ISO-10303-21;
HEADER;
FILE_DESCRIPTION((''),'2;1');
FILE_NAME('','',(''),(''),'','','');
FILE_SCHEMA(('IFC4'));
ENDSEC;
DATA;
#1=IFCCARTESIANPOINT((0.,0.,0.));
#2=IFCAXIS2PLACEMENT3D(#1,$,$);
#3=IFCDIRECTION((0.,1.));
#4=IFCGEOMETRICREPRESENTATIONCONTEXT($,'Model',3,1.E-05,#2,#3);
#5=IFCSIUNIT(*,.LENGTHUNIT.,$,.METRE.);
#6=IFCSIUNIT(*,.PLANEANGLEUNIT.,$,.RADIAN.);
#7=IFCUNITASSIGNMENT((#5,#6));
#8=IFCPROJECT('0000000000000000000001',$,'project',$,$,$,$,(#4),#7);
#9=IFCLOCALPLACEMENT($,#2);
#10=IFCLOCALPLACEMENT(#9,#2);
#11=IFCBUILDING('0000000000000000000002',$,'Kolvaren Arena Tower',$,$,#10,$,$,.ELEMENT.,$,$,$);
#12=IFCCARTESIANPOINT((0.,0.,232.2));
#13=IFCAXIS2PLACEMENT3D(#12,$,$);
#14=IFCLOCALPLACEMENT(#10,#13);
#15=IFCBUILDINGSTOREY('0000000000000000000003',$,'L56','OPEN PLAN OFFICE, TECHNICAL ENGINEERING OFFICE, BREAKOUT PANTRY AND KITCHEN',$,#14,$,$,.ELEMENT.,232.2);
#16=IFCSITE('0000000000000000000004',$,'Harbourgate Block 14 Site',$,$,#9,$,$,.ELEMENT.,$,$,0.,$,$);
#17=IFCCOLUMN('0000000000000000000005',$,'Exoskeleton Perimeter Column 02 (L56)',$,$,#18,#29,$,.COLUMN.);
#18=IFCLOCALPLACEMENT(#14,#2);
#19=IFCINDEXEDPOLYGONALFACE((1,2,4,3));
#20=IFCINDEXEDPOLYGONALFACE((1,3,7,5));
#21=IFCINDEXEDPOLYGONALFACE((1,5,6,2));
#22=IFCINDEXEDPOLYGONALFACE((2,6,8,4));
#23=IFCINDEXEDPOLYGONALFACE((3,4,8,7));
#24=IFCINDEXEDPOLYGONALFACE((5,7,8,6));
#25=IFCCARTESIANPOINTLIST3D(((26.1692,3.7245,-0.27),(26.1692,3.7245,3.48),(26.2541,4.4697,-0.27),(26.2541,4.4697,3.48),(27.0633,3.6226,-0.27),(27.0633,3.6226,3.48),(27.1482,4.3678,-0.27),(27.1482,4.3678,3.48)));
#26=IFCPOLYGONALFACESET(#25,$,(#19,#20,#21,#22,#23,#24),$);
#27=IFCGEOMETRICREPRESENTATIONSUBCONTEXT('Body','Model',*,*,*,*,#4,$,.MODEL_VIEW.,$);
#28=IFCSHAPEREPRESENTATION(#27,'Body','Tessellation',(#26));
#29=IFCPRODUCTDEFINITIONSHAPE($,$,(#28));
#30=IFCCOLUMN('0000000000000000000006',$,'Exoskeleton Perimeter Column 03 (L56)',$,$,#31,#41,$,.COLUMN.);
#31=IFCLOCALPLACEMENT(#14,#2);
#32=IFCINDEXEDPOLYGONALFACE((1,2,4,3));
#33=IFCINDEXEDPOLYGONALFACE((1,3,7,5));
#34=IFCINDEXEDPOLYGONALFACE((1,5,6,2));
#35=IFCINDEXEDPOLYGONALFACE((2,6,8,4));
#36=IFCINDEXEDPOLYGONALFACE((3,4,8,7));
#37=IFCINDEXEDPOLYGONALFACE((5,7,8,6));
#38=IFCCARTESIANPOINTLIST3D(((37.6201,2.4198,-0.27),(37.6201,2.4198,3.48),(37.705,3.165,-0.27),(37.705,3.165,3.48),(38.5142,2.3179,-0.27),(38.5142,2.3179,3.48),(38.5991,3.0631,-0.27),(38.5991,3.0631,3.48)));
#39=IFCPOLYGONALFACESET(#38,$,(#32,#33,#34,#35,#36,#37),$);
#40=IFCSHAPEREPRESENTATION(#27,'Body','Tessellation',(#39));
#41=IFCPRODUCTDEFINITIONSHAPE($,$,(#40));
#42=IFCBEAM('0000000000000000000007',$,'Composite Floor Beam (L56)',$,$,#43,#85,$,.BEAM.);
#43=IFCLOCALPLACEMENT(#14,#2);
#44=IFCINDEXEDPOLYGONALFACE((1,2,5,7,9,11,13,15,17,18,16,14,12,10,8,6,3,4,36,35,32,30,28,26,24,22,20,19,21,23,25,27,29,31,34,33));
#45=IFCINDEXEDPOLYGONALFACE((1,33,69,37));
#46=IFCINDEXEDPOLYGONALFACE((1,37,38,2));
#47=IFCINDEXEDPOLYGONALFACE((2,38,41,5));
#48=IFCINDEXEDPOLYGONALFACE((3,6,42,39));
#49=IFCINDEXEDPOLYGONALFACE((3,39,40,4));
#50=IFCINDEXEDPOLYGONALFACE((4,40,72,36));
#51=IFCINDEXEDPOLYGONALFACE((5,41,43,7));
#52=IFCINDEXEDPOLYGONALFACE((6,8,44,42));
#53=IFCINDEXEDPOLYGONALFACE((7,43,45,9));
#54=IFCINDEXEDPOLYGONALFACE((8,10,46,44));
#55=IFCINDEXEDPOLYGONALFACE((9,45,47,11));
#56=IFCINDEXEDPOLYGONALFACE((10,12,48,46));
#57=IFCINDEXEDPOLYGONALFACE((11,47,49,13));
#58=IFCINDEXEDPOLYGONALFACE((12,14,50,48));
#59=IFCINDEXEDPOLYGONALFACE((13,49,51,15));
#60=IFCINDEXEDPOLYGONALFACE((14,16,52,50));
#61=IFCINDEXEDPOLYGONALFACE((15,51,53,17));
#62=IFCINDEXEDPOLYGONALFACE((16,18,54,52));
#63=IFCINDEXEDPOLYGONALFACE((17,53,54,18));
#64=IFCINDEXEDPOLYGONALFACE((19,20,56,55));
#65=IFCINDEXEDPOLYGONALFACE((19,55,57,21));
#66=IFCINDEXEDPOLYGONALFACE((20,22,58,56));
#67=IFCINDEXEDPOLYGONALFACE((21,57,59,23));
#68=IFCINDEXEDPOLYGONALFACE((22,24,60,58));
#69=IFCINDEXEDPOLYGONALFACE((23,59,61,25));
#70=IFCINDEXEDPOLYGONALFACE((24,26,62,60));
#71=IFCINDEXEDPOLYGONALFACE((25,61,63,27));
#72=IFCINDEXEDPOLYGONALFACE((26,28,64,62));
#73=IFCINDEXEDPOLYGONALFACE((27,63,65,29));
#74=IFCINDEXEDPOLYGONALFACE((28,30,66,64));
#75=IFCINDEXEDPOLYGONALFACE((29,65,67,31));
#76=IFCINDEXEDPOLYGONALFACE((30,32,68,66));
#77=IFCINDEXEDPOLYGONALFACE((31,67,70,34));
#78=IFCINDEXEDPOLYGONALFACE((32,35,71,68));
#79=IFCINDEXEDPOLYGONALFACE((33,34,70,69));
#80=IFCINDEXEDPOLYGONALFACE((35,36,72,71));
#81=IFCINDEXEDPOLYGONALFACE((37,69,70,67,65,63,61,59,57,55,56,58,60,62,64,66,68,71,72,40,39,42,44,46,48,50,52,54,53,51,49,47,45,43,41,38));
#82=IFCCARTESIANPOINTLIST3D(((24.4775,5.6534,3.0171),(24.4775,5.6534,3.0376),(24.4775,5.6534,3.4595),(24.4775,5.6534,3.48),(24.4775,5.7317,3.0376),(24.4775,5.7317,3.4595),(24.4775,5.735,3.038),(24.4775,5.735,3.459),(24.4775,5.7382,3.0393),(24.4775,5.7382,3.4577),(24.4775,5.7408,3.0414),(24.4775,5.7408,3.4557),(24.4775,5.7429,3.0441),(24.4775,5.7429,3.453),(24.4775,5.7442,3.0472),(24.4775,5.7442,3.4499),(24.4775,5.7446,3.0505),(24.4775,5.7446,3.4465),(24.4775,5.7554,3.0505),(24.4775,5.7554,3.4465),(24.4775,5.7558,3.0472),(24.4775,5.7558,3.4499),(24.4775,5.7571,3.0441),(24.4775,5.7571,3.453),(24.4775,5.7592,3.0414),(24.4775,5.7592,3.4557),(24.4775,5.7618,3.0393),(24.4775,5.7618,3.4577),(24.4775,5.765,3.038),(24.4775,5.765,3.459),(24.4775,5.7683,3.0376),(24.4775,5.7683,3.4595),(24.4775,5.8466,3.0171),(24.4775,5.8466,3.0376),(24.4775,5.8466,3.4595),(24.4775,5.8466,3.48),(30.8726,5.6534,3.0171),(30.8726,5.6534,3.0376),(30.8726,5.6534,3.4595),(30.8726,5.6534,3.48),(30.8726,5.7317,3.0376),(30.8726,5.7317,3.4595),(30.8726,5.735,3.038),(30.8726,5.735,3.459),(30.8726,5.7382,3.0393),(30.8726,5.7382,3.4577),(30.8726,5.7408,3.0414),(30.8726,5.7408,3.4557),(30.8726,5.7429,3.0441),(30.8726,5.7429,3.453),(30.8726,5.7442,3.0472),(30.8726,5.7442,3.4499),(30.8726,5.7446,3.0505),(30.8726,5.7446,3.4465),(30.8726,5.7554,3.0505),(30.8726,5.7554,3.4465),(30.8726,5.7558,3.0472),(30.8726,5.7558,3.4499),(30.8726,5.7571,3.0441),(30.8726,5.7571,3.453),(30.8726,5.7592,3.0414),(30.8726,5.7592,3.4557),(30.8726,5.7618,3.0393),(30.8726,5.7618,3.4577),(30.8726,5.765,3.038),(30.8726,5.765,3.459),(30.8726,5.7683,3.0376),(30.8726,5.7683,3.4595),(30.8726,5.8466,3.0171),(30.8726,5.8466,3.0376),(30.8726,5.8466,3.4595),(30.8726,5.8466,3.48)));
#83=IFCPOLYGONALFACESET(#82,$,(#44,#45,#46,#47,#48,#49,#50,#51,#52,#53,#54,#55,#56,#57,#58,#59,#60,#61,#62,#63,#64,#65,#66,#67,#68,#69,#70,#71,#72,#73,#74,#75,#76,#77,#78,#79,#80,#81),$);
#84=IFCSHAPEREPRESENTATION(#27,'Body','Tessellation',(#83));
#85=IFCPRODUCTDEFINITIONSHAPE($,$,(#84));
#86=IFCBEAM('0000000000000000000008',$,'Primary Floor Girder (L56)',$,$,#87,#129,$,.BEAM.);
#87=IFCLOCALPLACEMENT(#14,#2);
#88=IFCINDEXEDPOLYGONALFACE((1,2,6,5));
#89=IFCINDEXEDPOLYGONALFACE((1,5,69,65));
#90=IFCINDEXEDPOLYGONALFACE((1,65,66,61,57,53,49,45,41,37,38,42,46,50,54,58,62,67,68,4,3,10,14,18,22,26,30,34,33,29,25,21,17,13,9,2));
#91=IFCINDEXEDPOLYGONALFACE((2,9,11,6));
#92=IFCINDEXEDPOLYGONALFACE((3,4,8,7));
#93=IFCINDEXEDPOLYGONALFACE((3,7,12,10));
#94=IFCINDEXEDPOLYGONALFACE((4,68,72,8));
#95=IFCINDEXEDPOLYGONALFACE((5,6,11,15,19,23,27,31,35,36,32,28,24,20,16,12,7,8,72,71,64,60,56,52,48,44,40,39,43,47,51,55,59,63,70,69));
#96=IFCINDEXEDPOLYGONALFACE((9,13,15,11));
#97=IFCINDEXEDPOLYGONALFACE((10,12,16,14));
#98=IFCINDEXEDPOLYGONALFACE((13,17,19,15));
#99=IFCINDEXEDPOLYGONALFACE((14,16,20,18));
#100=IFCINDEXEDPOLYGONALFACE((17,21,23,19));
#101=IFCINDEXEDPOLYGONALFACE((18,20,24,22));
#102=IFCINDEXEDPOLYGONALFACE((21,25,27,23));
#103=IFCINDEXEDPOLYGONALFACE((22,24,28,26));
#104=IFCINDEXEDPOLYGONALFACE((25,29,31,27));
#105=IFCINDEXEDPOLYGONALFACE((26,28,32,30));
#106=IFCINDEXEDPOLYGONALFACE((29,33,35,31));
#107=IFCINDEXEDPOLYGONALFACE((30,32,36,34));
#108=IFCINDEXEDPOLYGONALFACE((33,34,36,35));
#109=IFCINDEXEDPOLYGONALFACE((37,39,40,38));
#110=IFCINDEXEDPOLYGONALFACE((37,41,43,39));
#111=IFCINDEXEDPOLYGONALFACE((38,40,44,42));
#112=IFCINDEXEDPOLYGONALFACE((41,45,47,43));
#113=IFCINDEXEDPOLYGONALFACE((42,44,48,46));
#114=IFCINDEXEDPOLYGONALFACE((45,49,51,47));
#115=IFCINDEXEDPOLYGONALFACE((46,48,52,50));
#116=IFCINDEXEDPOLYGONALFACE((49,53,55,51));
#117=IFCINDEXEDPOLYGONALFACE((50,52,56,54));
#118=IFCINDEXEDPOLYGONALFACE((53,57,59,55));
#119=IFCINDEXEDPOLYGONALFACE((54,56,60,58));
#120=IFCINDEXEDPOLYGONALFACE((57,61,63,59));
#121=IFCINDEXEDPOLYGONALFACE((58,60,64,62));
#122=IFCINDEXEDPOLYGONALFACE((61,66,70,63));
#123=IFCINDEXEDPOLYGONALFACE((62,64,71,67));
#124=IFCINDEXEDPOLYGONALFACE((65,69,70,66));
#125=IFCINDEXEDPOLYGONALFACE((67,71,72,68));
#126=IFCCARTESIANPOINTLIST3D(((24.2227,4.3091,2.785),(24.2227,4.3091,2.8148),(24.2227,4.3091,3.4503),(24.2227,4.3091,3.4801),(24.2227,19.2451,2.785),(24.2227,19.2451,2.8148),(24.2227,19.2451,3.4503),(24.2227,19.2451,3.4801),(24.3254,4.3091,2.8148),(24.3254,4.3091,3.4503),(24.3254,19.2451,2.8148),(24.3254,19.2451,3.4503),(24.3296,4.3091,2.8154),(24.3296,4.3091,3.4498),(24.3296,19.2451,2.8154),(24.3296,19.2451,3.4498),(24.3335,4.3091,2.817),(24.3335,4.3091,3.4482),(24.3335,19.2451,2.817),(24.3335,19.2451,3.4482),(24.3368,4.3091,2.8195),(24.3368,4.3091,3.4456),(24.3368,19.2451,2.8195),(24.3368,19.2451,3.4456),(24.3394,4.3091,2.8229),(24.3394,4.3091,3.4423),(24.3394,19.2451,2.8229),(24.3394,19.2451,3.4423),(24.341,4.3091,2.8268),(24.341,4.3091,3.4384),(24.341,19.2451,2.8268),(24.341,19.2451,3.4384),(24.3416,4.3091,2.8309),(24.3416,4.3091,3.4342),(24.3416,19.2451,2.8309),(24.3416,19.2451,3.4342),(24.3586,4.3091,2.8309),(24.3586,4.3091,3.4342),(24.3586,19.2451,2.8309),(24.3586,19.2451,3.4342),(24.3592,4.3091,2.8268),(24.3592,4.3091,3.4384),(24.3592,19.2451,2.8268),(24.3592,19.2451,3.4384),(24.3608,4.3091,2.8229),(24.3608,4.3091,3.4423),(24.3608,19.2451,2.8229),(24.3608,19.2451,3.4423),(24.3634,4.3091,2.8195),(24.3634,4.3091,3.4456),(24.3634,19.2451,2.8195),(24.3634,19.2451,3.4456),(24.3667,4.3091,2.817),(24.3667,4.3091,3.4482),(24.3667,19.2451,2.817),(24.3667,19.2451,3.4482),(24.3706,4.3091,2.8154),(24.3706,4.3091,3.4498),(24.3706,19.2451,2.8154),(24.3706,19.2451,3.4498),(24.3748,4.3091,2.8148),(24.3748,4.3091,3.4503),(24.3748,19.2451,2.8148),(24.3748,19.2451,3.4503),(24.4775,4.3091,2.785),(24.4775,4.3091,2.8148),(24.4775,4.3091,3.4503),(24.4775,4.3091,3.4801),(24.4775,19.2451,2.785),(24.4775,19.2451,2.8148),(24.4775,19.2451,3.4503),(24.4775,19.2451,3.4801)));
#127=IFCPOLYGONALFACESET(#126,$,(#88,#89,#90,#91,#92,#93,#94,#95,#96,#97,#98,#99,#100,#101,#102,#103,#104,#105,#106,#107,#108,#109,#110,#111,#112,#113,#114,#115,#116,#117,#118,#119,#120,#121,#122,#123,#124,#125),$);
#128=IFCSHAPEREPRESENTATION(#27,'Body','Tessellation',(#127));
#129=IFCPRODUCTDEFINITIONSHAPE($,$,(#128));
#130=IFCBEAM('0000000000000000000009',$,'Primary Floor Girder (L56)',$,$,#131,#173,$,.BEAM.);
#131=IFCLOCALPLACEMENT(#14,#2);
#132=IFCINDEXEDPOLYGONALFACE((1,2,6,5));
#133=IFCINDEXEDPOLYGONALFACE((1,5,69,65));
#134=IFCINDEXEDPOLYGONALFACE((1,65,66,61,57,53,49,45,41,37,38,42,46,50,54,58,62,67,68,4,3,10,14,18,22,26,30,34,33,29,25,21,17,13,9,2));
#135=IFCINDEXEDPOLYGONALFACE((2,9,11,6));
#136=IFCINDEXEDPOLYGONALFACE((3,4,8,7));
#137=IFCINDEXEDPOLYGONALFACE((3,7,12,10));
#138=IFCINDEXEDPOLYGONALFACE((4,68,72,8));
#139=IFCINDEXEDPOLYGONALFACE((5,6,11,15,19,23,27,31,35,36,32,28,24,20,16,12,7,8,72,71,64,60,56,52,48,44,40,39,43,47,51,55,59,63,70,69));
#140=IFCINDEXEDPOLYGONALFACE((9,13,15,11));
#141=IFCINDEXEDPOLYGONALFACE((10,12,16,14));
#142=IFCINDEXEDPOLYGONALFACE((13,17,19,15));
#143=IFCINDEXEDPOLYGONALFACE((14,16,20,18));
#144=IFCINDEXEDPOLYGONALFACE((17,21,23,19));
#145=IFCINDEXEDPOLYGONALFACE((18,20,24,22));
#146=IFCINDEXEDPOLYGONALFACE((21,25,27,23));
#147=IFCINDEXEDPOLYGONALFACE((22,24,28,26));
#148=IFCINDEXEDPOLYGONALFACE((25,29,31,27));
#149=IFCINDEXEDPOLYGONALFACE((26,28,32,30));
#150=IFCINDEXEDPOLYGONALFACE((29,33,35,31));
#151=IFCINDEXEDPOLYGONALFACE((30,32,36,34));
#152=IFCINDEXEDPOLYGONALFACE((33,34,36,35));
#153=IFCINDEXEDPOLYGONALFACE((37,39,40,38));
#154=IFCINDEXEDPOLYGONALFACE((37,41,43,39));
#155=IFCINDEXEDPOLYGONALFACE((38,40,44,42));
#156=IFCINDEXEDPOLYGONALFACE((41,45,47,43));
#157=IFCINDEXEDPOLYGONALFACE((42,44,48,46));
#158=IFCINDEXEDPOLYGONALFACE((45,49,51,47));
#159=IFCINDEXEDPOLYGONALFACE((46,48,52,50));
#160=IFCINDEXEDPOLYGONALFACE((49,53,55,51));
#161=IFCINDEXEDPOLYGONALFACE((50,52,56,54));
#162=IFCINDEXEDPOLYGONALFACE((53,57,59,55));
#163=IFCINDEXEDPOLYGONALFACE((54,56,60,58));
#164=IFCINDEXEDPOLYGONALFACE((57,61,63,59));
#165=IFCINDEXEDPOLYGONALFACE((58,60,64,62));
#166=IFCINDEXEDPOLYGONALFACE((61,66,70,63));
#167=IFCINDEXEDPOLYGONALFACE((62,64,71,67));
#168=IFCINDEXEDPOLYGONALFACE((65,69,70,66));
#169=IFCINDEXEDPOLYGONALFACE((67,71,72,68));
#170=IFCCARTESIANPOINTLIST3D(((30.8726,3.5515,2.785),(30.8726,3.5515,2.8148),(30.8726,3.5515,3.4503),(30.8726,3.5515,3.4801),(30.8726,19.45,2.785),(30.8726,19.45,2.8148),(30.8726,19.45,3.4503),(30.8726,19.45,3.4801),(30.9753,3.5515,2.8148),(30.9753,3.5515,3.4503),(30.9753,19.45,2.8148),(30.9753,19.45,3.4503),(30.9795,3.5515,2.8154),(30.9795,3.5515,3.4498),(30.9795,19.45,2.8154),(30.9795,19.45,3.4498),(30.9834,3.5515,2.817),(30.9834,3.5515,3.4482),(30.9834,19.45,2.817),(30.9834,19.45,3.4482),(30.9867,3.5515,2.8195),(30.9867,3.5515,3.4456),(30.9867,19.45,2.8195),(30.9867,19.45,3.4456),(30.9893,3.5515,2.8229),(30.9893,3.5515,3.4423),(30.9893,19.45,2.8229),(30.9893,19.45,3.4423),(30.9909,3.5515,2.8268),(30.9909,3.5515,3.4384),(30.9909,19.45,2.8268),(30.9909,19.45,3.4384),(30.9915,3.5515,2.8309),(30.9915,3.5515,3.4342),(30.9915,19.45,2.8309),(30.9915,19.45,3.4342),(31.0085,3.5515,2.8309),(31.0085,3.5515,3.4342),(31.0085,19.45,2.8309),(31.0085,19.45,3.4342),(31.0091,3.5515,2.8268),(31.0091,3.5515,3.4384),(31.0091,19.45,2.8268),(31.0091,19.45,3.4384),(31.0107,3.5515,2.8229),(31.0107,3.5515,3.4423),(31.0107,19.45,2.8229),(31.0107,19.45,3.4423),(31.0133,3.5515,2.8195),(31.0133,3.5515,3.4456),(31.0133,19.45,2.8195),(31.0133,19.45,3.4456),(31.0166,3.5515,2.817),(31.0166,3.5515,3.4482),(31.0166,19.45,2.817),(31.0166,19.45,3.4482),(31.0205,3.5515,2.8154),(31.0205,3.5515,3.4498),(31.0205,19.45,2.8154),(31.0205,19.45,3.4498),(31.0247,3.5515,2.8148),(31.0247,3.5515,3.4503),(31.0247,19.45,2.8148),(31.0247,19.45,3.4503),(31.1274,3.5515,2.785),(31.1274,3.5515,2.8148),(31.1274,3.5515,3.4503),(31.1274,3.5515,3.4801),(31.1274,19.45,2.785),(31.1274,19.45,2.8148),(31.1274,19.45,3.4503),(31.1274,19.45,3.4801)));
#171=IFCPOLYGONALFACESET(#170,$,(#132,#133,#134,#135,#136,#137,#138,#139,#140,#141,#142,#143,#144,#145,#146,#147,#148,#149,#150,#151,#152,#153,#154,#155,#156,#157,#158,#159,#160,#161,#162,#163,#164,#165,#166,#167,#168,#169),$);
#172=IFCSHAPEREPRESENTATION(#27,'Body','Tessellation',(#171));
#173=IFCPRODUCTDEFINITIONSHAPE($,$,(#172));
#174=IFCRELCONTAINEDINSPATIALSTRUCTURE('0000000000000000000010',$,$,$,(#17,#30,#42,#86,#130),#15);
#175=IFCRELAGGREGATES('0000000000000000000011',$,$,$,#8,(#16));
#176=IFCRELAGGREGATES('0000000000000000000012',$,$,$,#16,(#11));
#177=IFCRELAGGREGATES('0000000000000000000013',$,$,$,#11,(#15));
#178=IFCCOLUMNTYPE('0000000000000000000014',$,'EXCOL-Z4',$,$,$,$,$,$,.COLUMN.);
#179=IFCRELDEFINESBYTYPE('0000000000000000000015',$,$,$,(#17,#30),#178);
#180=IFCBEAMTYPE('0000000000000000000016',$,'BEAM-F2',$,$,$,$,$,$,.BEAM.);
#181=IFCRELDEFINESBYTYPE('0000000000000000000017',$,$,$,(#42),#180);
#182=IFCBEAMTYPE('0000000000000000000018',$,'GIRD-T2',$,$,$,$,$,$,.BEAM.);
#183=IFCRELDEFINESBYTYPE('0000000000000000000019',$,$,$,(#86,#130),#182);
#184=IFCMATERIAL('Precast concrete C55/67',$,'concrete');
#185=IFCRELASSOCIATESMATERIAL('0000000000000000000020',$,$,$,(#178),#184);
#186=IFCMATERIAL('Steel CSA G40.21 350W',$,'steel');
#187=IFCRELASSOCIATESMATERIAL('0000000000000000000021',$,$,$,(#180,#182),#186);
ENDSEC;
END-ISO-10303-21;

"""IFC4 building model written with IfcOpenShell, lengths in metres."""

from ifc_helpers import new_model, si_unit, direction, frame, origin, origin_2d, place, context, subcontext, project, spatial, rectangle, i_section, extrude, material, material_profile, profile_set, type_object, element, save


model = new_model("IFC4")

# Units and contexts
model_context = context("Model", 3, precision=1e-05, world=origin(), true_north=direction((0.0, 1.0)))
body_context = subcontext(model_context, "Body", "Model", "MODEL_VIEW")
ifc_project = project(units=[si_unit("LENGTHUNIT", "METRE"), si_unit("PLANEANGLEUNIT", "RADIAN")], contexts=[model_context])

# Site, building, storey
site_placement = place(None, origin())
site = spatial("IfcSite", under=ifc_project, at=site_placement, Name="Harbourgate Block 14 Site", CompositionType="ELEMENT", RefElevation=0.0)
building_placement = place(site_placement, origin())
building = spatial("IfcBuilding", under=site, at=building_placement, Name="Kolvaren Arena Tower", CompositionType="ELEMENT")
storey_placement = place(building_placement, frame((0.0, 0.0, 232.2)))
storey = spatial("IfcBuildingStorey", under=building, at=storey_placement, Name="L56", Description="OPEN PLAN OFFICE, TECHNICAL ENGINEERING OFFICE, BREAKOUT PANTRY AND KITCHEN", CompositionType="ELEMENT", Elevation=232.2)

# Columns
ifc_material_1 = material(Name="Precast concrete C55/67", Category="concrete")
ifc_material_profile_1 = material_profile(ifc_material_1, rectangle(XDim=0.8999, YDim=0.75, at=origin_2d()), Name="RC-900x750")
ifc_profile_set_1 = profile_set([ifc_material_profile_1], Name="Precast concrete C55/67")
column_type = type_object("IfcColumnType", Name="EXCOL-Z4", PredefinedType="COLUMN", material=ifc_profile_set_1)
for number, where, z_axis, x_axis, name in (
    (1, (26.6587, 4.0461, -0.27), (0.0, 0.0, 1.0), (0.993572, -0.113203, 0.0), "Exoskeleton Perimeter Column 02 (L56)"),
    (2, (38.1096, 2.7415, -0.27), (0.0, 0.0, 1.0), (0.993572, -0.113203, 0.0), "Exoskeleton Perimeter Column 03 (L56)"),
):
    element("IfcColumn", number, at=place(storey_placement, frame(where, z_axis=z_axis, x_axis=x_axis)), inside=storey, type_object=column_type, Name=name, PredefinedType="COLUMN", context=body_context, shape_type="SweptSolid", body=[
        extrude(rectangle(XDim=0.8999, YDim=0.75, at=origin_2d()), origin(), (0.0, 0.0, 1.0), 3.75),
    ])

# Beams
ifc_material_2 = material(Name="Steel CSA G40.21 350W", Category="steel")
ifc_material_profile_2 = material_profile(ifc_material_2, i_section(OverallWidth=0.1931, OverallDepth=0.4629, WebThickness=0.0107, FlangeThickness=0.0205, FilletRadius=0.0129, at=origin_2d()), Name="W460x113")
ifc_profile_set_2 = profile_set([ifc_material_profile_2], Name="Steel CSA G40.21 350W")
beam_type_1 = type_object("IfcBeamType", Name="BEAM-F2", PredefinedType="BEAM", material=ifc_profile_set_2)
beam_1_placement = place(storey_placement, frame((24.4775, 5.75, 3.2485), z_axis=(1.0, 0.0, 0.0), x_axis=(0.0, 1.0, 0.0)))
element("IfcBeam", 3, at=beam_1_placement, inside=storey, type_object=beam_type_1, Name="Composite Floor Beam (L56)", PredefinedType="BEAM", context=body_context, shape_type="SweptSolid", body=[
    extrude(i_section(OverallWidth=0.1931, OverallDepth=0.4629, WebThickness=0.0107, FlangeThickness=0.0205, FilletRadius=0.0129, at=origin_2d()), origin(), (0.0, 0.0, 1.0), 6.395),
])
ifc_material_profile_3 = material_profile(ifc_material_2, i_section(OverallWidth=0.2549, OverallDepth=0.6951, WebThickness=0.0171, FlangeThickness=0.0298, FilletRadius=0.0161, at=origin_2d()), Name="W690x217")
ifc_profile_set_3 = profile_set([ifc_material_profile_3], Name="Steel CSA G40.21 350W")
beam_type_2 = type_object("IfcBeamType", Name="GIRD-T2", PredefinedType="BEAM", material=ifc_profile_set_3)
beam_2_placement = place(storey_placement, frame((24.3501, 4.3091, 3.1326), z_axis=(0.0, 1.0, 0.0), x_axis=(-1.0, 0.0, 0.0)))
element("IfcBeam", 4, at=beam_2_placement, inside=storey, type_object=beam_type_2, Name="Primary Floor Girder (L56)", PredefinedType="BEAM", context=body_context, shape_type="SweptSolid", body=[
    extrude(i_section(OverallWidth=0.2549, OverallDepth=0.6951, WebThickness=0.0171, FlangeThickness=0.0298, FilletRadius=0.0161, at=origin_2d()), origin(), (0.0, 0.0, 1.0), 14.936),
])
beam_3_placement = place(storey_placement, frame((31.0, 3.5515, 3.1326), z_axis=(0.0, 1.0, 0.0), x_axis=(-1.0, 0.0, 0.0)))
element("IfcBeam", 5, at=beam_3_placement, inside=storey, type_object=beam_type_2, Name="Primary Floor Girder (L56)", PredefinedType="BEAM", context=body_context, shape_type="SweptSolid", body=[
    extrude(i_section(OverallWidth=0.2549, OverallDepth=0.6951, WebThickness=0.0171, FlangeThickness=0.0298, FilletRadius=0.0161, at=origin_2d()), origin(), (0.0, 0.0, 1.0), 15.8984),
])

save(model, "model.ifc")
